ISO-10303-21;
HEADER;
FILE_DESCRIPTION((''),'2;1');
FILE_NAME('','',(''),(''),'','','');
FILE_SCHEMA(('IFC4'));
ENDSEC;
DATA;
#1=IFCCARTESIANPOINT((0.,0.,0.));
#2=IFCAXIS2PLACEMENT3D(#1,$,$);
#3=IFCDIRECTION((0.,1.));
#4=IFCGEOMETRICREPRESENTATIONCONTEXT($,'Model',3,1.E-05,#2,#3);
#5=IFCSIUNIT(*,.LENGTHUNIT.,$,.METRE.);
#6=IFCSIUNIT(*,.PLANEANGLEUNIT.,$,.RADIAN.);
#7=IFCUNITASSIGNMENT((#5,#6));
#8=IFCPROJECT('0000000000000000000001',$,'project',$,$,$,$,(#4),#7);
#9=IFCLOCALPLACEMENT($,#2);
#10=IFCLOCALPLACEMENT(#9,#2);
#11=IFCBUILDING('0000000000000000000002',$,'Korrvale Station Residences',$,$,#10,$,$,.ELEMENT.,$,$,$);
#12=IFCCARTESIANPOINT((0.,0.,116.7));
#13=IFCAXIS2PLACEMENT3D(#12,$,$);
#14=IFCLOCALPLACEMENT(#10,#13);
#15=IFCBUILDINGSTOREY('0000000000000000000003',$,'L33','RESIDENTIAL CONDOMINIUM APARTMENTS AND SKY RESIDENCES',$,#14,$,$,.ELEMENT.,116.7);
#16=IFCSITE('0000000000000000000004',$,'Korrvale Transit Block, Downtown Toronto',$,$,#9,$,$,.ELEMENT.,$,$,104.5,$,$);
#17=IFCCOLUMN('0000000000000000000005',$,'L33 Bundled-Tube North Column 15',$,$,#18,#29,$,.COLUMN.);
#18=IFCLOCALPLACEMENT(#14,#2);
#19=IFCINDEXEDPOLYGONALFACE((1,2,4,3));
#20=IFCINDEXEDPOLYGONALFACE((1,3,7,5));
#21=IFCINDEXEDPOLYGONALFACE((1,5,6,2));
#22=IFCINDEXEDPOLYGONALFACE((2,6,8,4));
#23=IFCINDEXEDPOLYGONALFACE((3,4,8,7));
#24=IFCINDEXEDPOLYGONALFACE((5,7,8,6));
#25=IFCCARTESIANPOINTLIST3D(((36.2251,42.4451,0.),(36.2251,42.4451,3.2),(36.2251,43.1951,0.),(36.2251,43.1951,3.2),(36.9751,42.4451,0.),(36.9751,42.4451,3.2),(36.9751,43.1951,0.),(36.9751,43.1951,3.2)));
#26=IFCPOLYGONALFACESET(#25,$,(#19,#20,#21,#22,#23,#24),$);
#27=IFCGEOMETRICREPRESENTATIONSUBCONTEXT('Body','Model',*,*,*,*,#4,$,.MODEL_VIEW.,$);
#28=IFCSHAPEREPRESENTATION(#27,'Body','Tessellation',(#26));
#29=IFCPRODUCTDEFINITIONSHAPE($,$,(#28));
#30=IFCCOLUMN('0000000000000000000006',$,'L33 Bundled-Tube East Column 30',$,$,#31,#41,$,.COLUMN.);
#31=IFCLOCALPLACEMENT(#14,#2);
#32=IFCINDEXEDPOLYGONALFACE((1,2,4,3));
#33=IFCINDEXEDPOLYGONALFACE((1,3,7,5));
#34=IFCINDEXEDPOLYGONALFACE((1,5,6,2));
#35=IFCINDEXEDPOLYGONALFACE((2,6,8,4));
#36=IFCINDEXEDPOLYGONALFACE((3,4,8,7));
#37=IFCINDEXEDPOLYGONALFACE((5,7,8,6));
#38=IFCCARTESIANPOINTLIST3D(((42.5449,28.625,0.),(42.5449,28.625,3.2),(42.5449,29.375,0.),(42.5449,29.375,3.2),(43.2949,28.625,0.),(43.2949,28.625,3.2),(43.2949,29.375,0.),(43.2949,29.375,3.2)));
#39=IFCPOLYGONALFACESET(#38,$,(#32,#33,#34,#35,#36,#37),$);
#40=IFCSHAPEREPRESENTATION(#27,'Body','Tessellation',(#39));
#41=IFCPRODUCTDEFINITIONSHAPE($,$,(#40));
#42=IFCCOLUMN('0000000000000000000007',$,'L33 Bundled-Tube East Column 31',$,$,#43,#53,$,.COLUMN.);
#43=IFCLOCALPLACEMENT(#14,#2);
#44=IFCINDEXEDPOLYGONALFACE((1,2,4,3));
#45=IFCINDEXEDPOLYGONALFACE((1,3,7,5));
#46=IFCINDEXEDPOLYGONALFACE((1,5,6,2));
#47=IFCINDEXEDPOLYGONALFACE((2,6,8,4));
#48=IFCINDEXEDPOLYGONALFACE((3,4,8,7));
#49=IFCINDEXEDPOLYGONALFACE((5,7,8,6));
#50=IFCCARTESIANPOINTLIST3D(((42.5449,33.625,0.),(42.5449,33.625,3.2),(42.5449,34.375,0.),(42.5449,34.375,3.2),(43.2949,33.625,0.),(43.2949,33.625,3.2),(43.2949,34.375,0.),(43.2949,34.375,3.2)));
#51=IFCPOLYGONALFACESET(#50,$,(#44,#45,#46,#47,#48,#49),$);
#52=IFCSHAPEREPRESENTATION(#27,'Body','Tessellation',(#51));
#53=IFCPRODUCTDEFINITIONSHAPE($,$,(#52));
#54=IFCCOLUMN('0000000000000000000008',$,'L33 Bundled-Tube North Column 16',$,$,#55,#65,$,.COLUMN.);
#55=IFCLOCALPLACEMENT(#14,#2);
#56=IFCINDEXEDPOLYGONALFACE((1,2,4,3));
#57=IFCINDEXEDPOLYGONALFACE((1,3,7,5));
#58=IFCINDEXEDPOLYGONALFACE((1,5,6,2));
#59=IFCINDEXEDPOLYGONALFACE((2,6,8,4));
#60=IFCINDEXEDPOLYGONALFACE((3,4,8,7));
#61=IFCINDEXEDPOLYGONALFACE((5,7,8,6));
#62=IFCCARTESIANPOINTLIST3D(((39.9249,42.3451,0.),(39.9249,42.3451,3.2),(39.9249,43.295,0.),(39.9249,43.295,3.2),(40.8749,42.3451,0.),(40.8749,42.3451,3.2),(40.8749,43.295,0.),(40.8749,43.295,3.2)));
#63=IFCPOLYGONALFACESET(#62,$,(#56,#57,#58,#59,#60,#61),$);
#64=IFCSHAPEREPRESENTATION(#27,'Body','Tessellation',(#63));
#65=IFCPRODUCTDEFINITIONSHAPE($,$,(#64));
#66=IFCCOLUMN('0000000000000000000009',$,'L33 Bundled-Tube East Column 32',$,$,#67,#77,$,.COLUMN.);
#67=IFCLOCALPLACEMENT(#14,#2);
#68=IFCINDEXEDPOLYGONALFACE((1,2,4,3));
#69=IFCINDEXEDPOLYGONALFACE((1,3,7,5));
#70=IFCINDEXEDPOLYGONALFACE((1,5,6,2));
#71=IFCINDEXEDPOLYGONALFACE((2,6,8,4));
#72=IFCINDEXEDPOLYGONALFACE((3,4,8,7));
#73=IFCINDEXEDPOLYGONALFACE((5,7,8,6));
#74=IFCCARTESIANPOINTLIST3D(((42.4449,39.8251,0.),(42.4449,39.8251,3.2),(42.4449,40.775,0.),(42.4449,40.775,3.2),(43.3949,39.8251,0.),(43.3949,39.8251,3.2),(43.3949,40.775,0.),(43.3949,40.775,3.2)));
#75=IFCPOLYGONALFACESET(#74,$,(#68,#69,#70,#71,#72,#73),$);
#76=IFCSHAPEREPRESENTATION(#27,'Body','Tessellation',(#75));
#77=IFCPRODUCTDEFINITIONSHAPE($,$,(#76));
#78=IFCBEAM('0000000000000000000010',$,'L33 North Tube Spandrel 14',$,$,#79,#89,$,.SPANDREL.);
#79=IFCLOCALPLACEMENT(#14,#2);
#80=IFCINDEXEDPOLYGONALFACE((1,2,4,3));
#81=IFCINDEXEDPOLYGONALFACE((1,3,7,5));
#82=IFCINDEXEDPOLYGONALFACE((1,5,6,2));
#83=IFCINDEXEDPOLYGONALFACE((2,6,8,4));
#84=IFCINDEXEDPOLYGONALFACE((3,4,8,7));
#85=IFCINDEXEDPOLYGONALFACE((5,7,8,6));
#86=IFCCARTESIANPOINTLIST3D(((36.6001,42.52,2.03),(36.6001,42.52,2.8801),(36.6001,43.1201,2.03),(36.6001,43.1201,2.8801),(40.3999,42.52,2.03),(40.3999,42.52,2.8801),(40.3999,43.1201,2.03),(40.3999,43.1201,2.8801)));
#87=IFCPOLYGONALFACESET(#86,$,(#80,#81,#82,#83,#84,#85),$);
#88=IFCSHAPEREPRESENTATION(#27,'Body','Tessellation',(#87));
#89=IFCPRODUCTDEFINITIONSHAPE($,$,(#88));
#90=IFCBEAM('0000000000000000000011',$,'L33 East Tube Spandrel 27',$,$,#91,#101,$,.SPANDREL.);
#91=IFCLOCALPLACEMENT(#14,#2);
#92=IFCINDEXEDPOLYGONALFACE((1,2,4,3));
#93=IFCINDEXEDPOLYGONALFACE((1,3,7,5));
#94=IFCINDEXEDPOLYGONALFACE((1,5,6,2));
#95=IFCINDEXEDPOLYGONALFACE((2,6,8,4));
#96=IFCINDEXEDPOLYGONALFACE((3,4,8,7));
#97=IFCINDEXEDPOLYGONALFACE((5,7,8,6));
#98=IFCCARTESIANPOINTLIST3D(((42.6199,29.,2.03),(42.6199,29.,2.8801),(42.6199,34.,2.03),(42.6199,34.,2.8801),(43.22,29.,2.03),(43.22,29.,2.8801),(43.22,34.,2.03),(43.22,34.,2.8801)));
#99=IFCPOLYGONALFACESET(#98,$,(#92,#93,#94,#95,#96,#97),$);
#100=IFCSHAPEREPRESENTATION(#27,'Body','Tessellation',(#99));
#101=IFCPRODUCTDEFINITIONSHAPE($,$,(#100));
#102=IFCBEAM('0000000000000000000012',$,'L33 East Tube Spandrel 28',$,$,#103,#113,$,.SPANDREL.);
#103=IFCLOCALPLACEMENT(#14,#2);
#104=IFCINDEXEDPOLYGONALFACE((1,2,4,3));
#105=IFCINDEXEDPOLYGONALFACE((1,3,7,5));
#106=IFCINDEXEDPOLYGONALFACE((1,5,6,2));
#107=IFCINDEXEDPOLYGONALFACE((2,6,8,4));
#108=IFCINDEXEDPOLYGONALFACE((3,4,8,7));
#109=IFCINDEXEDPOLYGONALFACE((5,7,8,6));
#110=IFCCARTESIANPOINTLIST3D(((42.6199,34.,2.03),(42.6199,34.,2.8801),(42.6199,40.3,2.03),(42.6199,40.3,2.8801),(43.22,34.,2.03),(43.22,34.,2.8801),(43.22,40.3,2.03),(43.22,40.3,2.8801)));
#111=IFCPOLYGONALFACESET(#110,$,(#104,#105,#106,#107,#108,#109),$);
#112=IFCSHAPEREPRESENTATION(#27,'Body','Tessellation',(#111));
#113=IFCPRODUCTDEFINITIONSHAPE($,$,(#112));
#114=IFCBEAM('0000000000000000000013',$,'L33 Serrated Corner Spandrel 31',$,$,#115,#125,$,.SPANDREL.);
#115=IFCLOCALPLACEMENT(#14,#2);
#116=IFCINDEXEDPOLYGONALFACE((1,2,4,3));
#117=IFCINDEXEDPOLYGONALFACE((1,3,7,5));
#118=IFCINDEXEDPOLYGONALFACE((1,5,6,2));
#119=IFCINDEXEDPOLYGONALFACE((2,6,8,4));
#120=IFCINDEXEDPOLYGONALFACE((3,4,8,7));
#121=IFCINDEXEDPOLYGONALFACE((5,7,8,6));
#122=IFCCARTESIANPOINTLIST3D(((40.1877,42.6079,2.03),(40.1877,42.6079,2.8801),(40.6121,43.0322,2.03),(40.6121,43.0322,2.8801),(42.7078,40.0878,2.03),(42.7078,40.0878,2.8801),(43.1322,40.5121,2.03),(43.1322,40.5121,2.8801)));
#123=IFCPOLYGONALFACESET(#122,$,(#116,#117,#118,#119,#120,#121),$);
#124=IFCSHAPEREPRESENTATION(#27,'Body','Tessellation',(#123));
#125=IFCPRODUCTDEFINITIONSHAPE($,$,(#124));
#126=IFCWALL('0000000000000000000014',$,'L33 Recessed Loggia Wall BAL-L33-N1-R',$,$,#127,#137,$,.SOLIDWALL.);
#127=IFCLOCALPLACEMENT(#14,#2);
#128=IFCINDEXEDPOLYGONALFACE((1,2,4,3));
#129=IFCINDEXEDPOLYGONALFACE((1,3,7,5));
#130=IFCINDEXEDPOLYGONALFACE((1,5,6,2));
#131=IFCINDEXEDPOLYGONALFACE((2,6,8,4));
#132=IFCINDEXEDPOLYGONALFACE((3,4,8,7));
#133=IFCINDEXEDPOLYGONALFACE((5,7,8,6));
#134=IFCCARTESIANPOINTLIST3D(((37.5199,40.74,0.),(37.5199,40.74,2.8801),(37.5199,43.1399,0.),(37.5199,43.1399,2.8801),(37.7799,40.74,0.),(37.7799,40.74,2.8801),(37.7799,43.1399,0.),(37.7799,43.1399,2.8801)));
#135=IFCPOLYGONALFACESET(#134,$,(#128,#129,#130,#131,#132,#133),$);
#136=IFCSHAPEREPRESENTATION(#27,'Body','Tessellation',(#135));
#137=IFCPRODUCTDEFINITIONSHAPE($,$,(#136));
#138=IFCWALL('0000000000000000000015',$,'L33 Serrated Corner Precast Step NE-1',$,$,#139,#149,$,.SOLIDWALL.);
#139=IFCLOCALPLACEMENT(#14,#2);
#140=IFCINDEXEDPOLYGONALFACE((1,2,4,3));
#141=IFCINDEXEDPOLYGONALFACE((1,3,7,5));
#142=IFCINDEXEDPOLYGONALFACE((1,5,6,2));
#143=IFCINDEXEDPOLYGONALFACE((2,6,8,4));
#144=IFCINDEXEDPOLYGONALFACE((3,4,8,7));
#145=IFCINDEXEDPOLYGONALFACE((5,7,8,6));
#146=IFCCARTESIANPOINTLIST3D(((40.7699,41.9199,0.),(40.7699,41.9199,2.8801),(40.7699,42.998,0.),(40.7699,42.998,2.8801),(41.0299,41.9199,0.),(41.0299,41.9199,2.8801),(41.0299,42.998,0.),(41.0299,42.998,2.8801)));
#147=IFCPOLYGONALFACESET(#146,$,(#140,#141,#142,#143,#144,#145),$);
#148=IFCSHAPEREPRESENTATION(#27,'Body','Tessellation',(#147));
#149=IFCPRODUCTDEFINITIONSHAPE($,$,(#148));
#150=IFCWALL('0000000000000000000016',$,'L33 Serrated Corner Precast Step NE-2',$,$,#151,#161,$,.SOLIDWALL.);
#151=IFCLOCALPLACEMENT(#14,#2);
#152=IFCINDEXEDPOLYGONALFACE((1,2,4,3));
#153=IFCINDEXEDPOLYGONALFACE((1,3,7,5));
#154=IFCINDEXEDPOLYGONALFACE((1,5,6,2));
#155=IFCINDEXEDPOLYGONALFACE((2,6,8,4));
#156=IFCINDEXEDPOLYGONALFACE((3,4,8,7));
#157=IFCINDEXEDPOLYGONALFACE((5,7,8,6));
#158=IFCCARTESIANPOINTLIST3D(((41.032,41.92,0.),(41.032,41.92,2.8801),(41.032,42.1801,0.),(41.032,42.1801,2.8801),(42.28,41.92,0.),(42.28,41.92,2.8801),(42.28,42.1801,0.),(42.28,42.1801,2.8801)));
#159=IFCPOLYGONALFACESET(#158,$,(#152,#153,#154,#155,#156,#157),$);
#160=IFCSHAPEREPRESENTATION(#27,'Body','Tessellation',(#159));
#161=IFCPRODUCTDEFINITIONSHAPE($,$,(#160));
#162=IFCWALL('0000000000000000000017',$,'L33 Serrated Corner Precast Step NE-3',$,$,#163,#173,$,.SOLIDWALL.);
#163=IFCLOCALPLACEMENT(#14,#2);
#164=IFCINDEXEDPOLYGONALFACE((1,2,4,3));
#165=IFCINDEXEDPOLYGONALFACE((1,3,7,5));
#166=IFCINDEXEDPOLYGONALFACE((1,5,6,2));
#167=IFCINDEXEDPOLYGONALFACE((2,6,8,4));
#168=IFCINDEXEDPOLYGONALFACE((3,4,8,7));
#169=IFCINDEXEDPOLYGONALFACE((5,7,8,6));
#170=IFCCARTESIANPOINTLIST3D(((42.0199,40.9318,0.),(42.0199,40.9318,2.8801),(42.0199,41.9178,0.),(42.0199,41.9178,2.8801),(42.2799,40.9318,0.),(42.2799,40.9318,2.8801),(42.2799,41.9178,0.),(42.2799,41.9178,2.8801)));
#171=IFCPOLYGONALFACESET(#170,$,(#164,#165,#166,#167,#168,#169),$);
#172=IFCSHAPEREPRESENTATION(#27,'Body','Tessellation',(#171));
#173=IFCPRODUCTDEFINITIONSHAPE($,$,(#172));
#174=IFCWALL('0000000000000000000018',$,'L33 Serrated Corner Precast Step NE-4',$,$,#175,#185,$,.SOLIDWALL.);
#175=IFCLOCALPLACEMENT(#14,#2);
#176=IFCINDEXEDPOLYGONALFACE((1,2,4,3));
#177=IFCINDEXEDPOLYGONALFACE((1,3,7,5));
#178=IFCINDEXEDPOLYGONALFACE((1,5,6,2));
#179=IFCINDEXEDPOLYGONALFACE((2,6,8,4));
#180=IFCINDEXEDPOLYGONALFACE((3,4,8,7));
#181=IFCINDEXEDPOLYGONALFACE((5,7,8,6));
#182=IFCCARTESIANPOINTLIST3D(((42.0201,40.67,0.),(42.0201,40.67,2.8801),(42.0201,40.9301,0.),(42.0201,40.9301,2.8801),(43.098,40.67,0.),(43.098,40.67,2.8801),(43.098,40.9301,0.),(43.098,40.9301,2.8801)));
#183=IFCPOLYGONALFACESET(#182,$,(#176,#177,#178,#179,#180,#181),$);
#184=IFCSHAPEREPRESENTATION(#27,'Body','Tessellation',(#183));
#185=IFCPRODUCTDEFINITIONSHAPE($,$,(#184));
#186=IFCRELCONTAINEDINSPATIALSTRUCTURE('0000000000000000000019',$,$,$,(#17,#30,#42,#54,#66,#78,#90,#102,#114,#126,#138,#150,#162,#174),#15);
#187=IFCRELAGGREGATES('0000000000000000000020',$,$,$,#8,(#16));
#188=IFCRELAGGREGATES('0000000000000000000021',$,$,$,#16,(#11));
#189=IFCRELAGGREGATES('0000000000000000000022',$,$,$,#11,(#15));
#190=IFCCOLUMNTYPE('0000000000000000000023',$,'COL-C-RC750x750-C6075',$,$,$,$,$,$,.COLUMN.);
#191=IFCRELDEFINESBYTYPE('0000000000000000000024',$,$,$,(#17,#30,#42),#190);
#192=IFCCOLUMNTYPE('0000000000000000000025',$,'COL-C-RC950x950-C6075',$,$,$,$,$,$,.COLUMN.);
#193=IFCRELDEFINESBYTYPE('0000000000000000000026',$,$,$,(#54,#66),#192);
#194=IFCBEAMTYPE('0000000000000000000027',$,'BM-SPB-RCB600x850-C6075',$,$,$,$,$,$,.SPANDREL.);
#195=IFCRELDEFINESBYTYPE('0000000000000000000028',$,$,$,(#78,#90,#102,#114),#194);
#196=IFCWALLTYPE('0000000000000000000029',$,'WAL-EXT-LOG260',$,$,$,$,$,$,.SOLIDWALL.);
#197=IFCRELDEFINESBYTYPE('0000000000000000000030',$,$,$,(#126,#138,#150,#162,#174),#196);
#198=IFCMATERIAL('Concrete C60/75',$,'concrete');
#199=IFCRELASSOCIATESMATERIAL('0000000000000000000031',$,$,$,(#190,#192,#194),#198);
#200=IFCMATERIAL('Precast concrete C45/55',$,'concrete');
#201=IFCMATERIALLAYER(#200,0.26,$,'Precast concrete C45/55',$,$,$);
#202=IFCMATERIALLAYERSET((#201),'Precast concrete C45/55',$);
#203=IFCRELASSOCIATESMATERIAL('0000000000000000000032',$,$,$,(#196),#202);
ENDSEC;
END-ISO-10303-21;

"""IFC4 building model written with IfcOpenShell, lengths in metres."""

from ifc_helpers import new_model, si_unit, direction, frame, frame_2d, origin, origin_2d, place, context, subcontext, project, spatial, rectangle, extrude, material, layer, layer_set, material_profile, profile_set, type_object, element, save


model = new_model("IFC4")

# Units and contexts
model_context = context("Model", 3, precision=1e-05, world=origin(), true_north=direction((0.0, 1.0)))
body_context = subcontext(model_context, "Body", "Model", "MODEL_VIEW")
ifc_project = project(units=[si_unit("LENGTHUNIT", "METRE"), si_unit("PLANEANGLEUNIT", "RADIAN")], contexts=[model_context])

# Site, building, storey
site_placement = place(None, origin())
site = spatial("IfcSite", under=ifc_project, at=site_placement, Name="Korrvale Transit Block, Downtown Toronto", CompositionType="ELEMENT", RefElevation=104.5)
building_placement = place(site_placement, origin())
building = spatial("IfcBuilding", under=site, at=building_placement, Name="Korrvale Station Residences", CompositionType="ELEMENT")
storey_placement = place(building_placement, frame((0.0, 0.0, 116.7)))
storey = spatial("IfcBuildingStorey", under=building, at=storey_placement, Name="L33", Description="RESIDENTIAL CONDOMINIUM APARTMENTS AND SKY RESIDENCES", CompositionType="ELEMENT", Elevation=116.7)

# Columns
ifc_material_1 = material(Name="Concrete C60/75", Category="concrete")
ifc_material_profile_1 = material_profile(ifc_material_1, rectangle(XDim=0.75, YDim=0.75, at=origin_2d()), Name="RC750x750")
ifc_profile_set_1 = profile_set([ifc_material_profile_1], Name="Concrete C60/75")
column_type_1 = type_object("IfcColumnType", Name="COL-C-RC750x750-C6075", PredefinedType="COLUMN", material=ifc_profile_set_1)
for number, where, z_axis, x_axis, name in (
    (1, (36.6001, 42.8201, 0.0), (0.0, 0.0, 1.0), (1.0, 0.0, 0.0), "L33 Bundled-Tube North Column 15"),
    (2, (42.9199, 29.0, 0.0), (0.0, 0.0, 1.0), (1.0, 0.0, 0.0), "L33 Bundled-Tube East Column 30"),
    (3, (42.9199, 34.0, 0.0), (0.0, 0.0, 1.0), (1.0, 0.0, 0.0), "L33 Bundled-Tube East Column 31"),
):
    element("IfcColumn", number, at=place(storey_placement, frame(where, z_axis=z_axis, x_axis=x_axis)), inside=storey, type_object=column_type_1, Name=name, PredefinedType="COLUMN", context=body_context, shape_type="SweptSolid", body=[
        extrude(rectangle(XDim=0.75, YDim=0.75, at=origin_2d()), origin(), (0.0, 0.0, 1.0), 3.2),
    ])
ifc_material_profile_2 = material_profile(ifc_material_1, rectangle(XDim=0.95, YDim=0.95, at=origin_2d()), Name="RC950x950")
ifc_profile_set_2 = profile_set([ifc_material_profile_2], Name="Concrete C60/75")
column_type_2 = type_object("IfcColumnType", Name="COL-C-RC950x950-C6075", PredefinedType="COLUMN", material=ifc_profile_set_2)
for number, where, z_axis, x_axis, name in (
    (4, (40.3999, 42.8201, 0.0), (0.0, 0.0, 1.0), (1.0, 0.0, 0.0), "L33 Bundled-Tube North Column 16"),
    (5, (42.9199, 40.3, 0.0), (0.0, 0.0, 1.0), (1.0, 0.0, 0.0), "L33 Bundled-Tube East Column 32"),
):
    element("IfcColumn", number, at=place(storey_placement, frame(where, z_axis=z_axis, x_axis=x_axis)), inside=storey, type_object=column_type_2, Name=name, PredefinedType="COLUMN", context=body_context, shape_type="SweptSolid", body=[
        extrude(rectangle(XDim=0.95, YDim=0.95, at=origin_2d()), origin(), (0.0, 0.0, 1.0), 3.2),
    ])

# Beams
ifc_material_profile_3 = material_profile(ifc_material_1, rectangle(XDim=0.6001, YDim=0.8501, at=origin_2d()), Name="RCB600x850")
ifc_profile_set_3 = profile_set([ifc_material_profile_3], Name="Concrete C60/75")
beam_type = type_object("IfcBeamType", Name="BM-SPB-RCB600x850-C6075", PredefinedType="SPANDREL", material=ifc_profile_set_3)
beam_1_placement = place(storey_placement, frame((36.6001, 42.8201, 2.4551), z_axis=(1.0, 0.0, 0.0), x_axis=(0.0, 1.0, 0.0)))
element("IfcBeam", 6, at=beam_1_placement, inside=storey, type_object=beam_type, Name="L33 North Tube Spandrel 14", PredefinedType="SPANDREL", context=body_context, shape_type="SweptSolid", body=[
    extrude(rectangle(XDim=0.6001, YDim=0.8501, at=origin_2d()), origin(), (0.0, 0.0, 1.0), 3.7998),
])
beam_2_placement = place(storey_placement, frame((42.9199, 29.0, 2.4551), z_axis=(0.0, 1.0, 0.0), x_axis=(-1.0, 0.0, 0.0)))
element("IfcBeam", 7, at=beam_2_placement, inside=storey, type_object=beam_type, Name="L33 East Tube Spandrel 27", PredefinedType="SPANDREL", context=body_context, shape_type="SweptSolid", body=[
    extrude(rectangle(XDim=0.6001, YDim=0.8501, at=origin_2d()), origin(), (0.0, 0.0, 1.0), 5.0),
])
beam_3_placement = place(storey_placement, frame((42.9199, 34.0, 2.4551), z_axis=(0.0, 1.0, 0.0), x_axis=(-1.0, 0.0, 0.0)))
element("IfcBeam", 8, at=beam_3_placement, inside=storey, type_object=beam_type, Name="L33 East Tube Spandrel 28", PredefinedType="SPANDREL", context=body_context, shape_type="SweptSolid", body=[
    extrude(rectangle(XDim=0.6001, YDim=0.8501, at=origin_2d()), origin(), (0.0, 0.0, 1.0), 6.3),
])
beam_4_placement = place(storey_placement, frame((40.3999, 42.8201, 2.4551), z_axis=(0.707107, -0.707107, 0.0), x_axis=(0.707107, 0.707107, 0.0)))
element("IfcBeam", 9, at=beam_4_placement, inside=storey, type_object=beam_type, Name="L33 Serrated Corner Spandrel 31", PredefinedType="SPANDREL", context=body_context, shape_type="SweptSolid", body=[
    extrude(rectangle(XDim=0.6001, YDim=0.8501, at=origin_2d()), origin(), (0.0, 0.0, 1.0), 3.564),
])

# Walls
ifc_material_2 = material(Name="Precast concrete C45/55", Category="concrete")
ifc_layer_1 = layer(ifc_material_2, 0.26, Name="Precast concrete C45/55")
ifc_layer_set_1 = layer_set([ifc_layer_1], Name="Precast concrete C45/55")
wall_type_1 = type_object("IfcWallType", Name="WAL-EXT-LOG260", PredefinedType="SOLIDWALL", material=ifc_layer_set_1)
wall_1_placement = place(storey_placement, frame((37.6499, 40.74, 0.0), z_axis=(0.0, 0.0, 1.0), x_axis=(0.0, 1.0, 0.0)))
element("IfcWall", 10, at=wall_1_placement, inside=storey, type_object=wall_type_1, Name="L33 Recessed Loggia Wall BAL-L33-N1-R", PredefinedType="SOLIDWALL", context=body_context, shape_type="SweptSolid", body=[
    extrude(rectangle(XDim=2.3999, YDim=0.26, at=frame_2d((1.2, 0.0))), origin(), (0.0, 0.0, 1.0), 2.8801),
])
wall_2_placement = place(storey_placement, frame((40.8999, 42.998, 0.0), z_axis=(0.0, 0.0, 1.0), x_axis=(0.0, -1.0, 0.0)))
element("IfcWall", 11, at=wall_2_placement, inside=storey, type_object=wall_type_1, Name="L33 Serrated Corner Precast Step NE-1", PredefinedType="SOLIDWALL", context=body_context, shape_type="SweptSolid", body=[
    extrude(rectangle(XDim=1.0781, YDim=0.26, at=frame_2d((0.5391, 0.0))), origin(), (0.0, 0.0, 1.0), 2.8801),
])
wall_3_placement = place(storey_placement, frame((41.032, 42.05, 0.0), z_axis=(0.0, 0.0, 1.0), x_axis=(1.0, 0.0, 0.0)))
element("IfcWall", 12, at=wall_3_placement, inside=storey, type_object=wall_type_1, Name="L33 Serrated Corner Precast Step NE-2", PredefinedType="SOLIDWALL", context=body_context, shape_type="SweptSolid", body=[
    extrude(rectangle(XDim=1.248, YDim=0.26, at=frame_2d((0.624, 0.0))), origin(), (0.0, 0.0, 1.0), 2.8801),
])
wall_4_placement = place(storey_placement, frame((42.1499, 41.918, 0.0), z_axis=(0.0, 0.0, 1.0), x_axis=(0.0, -1.0, 0.0)))
element("IfcWall", 13, at=wall_4_placement, inside=storey, type_object=wall_type_1, Name="L33 Serrated Corner Precast Step NE-3", PredefinedType="SOLIDWALL", context=body_context, shape_type="SweptSolid", body=[
    extrude(rectangle(XDim=0.9861, YDim=0.26, at=frame_2d((0.4932, 0.0))), origin(), (0.0, 0.0, 1.0), 2.8801),
])
wall_5_placement = place(storey_placement, frame((42.02, 40.8, 0.0), z_axis=(0.0, 0.0, 1.0), x_axis=(1.0, 0.0, 0.0)))
element("IfcWall", 14, at=wall_5_placement, inside=storey, type_object=wall_type_1, Name="L33 Serrated Corner Precast Step NE-4", PredefinedType="SOLIDWALL", context=body_context, shape_type="SweptSolid", body=[
    extrude(rectangle(XDim=1.0779, YDim=0.26, at=frame_2d((0.5391, 0.0))), origin(), (0.0, 0.0, 1.0), 2.8801),
])

save(model, "model.ifc")
